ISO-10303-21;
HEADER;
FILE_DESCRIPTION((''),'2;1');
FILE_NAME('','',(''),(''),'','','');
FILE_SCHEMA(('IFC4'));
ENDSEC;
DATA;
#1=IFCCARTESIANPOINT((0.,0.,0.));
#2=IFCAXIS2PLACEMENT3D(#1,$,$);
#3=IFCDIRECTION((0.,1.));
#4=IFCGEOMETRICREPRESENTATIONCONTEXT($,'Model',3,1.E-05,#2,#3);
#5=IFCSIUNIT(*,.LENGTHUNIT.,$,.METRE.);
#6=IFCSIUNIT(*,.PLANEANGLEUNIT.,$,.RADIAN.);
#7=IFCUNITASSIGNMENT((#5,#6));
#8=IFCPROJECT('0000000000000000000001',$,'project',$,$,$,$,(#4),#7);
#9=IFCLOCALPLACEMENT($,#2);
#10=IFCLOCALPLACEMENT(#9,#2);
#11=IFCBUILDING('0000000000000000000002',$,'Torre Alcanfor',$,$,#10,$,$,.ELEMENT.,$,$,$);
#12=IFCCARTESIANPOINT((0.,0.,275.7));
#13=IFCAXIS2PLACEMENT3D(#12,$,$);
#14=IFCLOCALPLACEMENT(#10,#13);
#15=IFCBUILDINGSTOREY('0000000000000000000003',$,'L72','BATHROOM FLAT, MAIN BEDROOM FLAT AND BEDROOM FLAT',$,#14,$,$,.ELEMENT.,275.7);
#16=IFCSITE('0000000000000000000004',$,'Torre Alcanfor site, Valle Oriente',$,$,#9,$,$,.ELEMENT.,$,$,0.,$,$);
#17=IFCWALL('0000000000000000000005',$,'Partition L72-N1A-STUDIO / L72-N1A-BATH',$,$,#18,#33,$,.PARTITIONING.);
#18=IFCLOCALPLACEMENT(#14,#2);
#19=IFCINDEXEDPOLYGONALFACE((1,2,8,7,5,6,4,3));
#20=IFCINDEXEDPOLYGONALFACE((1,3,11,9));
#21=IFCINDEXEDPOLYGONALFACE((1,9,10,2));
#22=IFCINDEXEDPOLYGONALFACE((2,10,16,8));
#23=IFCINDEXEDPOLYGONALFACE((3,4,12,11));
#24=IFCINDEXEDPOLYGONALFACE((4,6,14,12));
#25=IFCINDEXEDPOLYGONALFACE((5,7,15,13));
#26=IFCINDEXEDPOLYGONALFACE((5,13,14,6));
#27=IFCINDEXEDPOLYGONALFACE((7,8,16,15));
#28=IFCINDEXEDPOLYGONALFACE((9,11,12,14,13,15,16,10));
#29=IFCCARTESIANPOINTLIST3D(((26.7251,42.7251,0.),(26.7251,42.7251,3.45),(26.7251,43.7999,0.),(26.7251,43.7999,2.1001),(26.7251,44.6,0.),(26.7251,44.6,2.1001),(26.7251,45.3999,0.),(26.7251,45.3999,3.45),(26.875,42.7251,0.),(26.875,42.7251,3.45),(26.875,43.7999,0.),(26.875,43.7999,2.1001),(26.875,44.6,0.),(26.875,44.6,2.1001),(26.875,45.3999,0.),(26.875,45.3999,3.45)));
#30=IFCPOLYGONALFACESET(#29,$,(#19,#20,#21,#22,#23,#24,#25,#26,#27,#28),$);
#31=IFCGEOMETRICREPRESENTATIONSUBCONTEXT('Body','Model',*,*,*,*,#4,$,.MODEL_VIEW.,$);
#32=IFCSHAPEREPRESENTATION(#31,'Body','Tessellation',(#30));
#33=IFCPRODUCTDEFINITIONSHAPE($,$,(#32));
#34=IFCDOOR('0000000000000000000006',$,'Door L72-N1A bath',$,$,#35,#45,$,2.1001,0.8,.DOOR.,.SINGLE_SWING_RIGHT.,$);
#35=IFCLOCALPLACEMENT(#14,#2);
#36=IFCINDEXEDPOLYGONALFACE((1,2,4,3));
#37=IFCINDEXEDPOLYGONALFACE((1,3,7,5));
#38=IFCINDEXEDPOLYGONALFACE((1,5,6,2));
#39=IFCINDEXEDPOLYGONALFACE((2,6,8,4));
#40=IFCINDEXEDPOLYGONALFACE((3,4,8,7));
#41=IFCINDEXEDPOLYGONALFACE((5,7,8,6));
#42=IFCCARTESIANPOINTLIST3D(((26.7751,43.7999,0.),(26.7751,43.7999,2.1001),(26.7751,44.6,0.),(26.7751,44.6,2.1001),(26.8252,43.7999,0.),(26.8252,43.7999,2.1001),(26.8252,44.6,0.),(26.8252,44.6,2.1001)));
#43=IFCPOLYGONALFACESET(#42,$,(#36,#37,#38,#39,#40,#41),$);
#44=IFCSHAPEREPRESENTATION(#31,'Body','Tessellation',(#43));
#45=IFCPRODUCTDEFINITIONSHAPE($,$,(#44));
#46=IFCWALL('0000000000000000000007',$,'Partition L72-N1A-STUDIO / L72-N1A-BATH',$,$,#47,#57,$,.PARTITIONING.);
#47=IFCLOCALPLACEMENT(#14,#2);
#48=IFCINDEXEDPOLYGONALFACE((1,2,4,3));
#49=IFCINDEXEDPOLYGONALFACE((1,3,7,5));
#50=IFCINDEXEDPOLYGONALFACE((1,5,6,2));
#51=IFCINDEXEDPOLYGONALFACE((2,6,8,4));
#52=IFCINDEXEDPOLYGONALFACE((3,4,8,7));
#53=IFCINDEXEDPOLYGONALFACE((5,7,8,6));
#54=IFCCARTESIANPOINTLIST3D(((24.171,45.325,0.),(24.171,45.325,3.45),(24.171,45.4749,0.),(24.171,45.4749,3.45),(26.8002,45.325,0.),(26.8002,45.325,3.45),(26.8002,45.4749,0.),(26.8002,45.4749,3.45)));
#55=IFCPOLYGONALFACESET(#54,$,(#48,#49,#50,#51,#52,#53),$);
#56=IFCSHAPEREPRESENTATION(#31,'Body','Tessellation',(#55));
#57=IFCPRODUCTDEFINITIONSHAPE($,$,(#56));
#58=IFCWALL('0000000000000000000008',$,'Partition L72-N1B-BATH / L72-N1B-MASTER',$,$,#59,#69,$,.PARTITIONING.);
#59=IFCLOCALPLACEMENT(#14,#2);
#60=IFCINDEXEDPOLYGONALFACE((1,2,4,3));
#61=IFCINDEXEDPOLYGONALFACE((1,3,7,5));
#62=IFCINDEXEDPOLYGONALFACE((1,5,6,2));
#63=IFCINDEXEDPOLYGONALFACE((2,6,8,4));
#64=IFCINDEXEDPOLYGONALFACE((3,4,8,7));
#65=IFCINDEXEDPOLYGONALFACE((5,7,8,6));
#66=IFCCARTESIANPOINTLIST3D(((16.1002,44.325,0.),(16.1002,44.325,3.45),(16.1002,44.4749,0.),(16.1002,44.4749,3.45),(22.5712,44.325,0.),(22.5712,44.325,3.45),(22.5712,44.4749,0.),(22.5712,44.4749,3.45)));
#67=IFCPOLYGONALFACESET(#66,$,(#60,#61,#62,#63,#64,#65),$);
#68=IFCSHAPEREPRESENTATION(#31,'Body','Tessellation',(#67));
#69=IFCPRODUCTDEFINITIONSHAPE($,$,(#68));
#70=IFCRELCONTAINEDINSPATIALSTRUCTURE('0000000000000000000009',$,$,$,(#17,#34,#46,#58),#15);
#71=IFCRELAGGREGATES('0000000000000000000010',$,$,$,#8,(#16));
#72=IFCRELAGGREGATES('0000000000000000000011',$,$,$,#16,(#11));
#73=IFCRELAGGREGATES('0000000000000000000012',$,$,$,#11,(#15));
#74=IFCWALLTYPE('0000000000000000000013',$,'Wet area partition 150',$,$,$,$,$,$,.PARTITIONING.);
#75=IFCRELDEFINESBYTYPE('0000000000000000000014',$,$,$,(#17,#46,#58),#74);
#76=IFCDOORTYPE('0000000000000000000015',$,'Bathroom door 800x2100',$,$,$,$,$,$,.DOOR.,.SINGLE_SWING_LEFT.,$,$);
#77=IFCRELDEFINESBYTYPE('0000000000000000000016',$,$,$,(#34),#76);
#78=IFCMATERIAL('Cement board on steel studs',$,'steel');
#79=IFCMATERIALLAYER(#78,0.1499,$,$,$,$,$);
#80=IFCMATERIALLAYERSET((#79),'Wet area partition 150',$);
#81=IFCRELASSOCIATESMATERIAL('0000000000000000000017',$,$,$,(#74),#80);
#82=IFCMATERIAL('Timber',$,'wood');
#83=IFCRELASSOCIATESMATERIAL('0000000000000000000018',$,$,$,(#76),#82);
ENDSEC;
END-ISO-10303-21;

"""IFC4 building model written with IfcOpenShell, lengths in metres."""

from ifc_helpers import new_model, si_unit, direction, frame, frame_2d, origin, place, context, subcontext, project, spatial, rectangle, extrude, material, layer, layer_set, type_object, element, fill, save


model = new_model("IFC4")

# Units and contexts
model_context = context("Model", 3, precision=1e-05, world=origin(), true_north=direction((0.0, 1.0)))
body_context = subcontext(model_context, "Body", "Model", "MODEL_VIEW")
ifc_project = project(units=[si_unit("LENGTHUNIT", "METRE"), si_unit("PLANEANGLEUNIT", "RADIAN")], contexts=[model_context])

# Site, building, storey
site_placement = place(None, origin())
site = spatial("IfcSite", under=ifc_project, at=site_placement, Name="Torre Alcanfor site, Valle Oriente", CompositionType="ELEMENT", RefElevation=0.0)
building_placement = place(site_placement, origin())
building = spatial("IfcBuilding", under=site, at=building_placement, Name="Torre Alcanfor", CompositionType="ELEMENT")
storey_placement = place(building_placement, frame((0.0, 0.0, 275.7)))
storey = spatial("IfcBuildingStorey", under=building, at=storey_placement, Name="L72", Description="BATHROOM FLAT, MAIN BEDROOM FLAT AND BEDROOM FLAT", CompositionType="ELEMENT", Elevation=275.7)

# Wall, opening, door
ifc_material_1 = material(Name="Cement board on steel studs", Category="steel")
ifc_layer_1 = layer(ifc_material_1, 0.1499)
ifc_layer_set_1 = layer_set([ifc_layer_1], Name="Wet area partition 150")
wall_type_1 = type_object("IfcWallType", Name="Wet area partition 150", PredefinedType="PARTITIONING", material=ifc_layer_set_1)
wall_1_placement = place(storey_placement, frame((26.8, 42.7251, 0.0), z_axis=(0.0, 0.0, 1.0), x_axis=(0.0, 1.0, 0.0)))
wall_1 = element("IfcWall", 1, at=wall_1_placement, inside=storey, type_object=wall_type_1, Name="Partition L72-N1A-STUDIO / L72-N1A-BATH", PredefinedType="PARTITIONING", context=body_context, shape_type="SweptSolid", body=[
    extrude(rectangle(XDim=2.6748, YDim=0.1499, at=frame_2d((1.3374, 0.0))), origin(), (0.0, 0.0, 1.0), 3.45),
])
opening_1_placement = place(wall_1_placement, frame((1.075, 0.0, 0.0)))
opening_1 = element("IfcOpeningElement", 2, at=opening_1_placement, cuts=wall_1, PredefinedType="OPENING", context=body_context, shape_type="SweptSolid", body=[
    extrude(rectangle(XDim=0.8, YDim=2.1001, at=frame_2d((0.3999, 1.05))), frame((0.0, 0.085, 0.0), z_axis=(0.0, -1.0, 0.0), x_axis=(1.0, 0.0, 0.0)), (0.0, 0.0, 1.0), 0.1699),
])
ifc_material_2 = material(Name="Timber", Category="wood")
door_type_1 = type_object("IfcDoorType", Name="Bathroom door 800x2100", OperationType="SINGLE_SWING_LEFT", PredefinedType="DOOR", material=ifc_material_2)
door_1_placement = place(opening_1_placement, origin())
door_1 = element("IfcDoor", 3, at=door_1_placement, inside=storey, type_object=door_type_1, Name="Door L72-N1A bath", OperationType="SINGLE_SWING_RIGHT", OverallHeight=2.1001, OverallWidth=0.8, PredefinedType="DOOR", context=body_context, shape_type="SweptSolid", body=[
    extrude(rectangle(XDim=0.8, YDim=2.1001, at=frame_2d((0.3999, 1.05))), frame((0.0, 0.0249, 0.0), z_axis=(0.0, -1.0, 0.0), x_axis=(1.0, 0.0, 0.0)), (0.0, 0.0, 1.0), 0.05),
])
fill(opening_1, door_1)

# Walls
wall_2_placement = place(storey_placement, frame((26.8, 45.3999, 0.0), z_axis=(0.0, 0.0, 1.0), x_axis=(-1.0, 0.0, 0.0)))
element("IfcWall", 4, at=wall_2_placement, inside=storey, type_object=wall_type_1, Name="Partition L72-N1A-STUDIO / L72-N1A-BATH", PredefinedType="PARTITIONING", context=body_context, shape_type="SweptSolid", body=[
    extrude(rectangle(XDim=2.6292, YDim=0.1499, at=frame_2d((1.3145, 0.0))), origin(), (0.0, 0.0, 1.0), 3.45),
])
wall_3_placement = place(storey_placement, frame((22.571, 44.3999, 0.0), z_axis=(0.0, 0.0, 1.0), x_axis=(-1.0, 0.0, 0.0)))
element("IfcWall", 5, at=wall_3_placement, inside=storey, type_object=wall_type_1, Name="Partition L72-N1B-BATH / L72-N1B-MASTER", PredefinedType="PARTITIONING", context=body_context, shape_type="SweptSolid", body=[
    extrude(rectangle(XDim=6.4709, YDim=0.1499, at=frame_2d((3.2354, 0.0))), origin(), (0.0, 0.0, 1.0), 3.45),
])

save(model, "model.ifc")
